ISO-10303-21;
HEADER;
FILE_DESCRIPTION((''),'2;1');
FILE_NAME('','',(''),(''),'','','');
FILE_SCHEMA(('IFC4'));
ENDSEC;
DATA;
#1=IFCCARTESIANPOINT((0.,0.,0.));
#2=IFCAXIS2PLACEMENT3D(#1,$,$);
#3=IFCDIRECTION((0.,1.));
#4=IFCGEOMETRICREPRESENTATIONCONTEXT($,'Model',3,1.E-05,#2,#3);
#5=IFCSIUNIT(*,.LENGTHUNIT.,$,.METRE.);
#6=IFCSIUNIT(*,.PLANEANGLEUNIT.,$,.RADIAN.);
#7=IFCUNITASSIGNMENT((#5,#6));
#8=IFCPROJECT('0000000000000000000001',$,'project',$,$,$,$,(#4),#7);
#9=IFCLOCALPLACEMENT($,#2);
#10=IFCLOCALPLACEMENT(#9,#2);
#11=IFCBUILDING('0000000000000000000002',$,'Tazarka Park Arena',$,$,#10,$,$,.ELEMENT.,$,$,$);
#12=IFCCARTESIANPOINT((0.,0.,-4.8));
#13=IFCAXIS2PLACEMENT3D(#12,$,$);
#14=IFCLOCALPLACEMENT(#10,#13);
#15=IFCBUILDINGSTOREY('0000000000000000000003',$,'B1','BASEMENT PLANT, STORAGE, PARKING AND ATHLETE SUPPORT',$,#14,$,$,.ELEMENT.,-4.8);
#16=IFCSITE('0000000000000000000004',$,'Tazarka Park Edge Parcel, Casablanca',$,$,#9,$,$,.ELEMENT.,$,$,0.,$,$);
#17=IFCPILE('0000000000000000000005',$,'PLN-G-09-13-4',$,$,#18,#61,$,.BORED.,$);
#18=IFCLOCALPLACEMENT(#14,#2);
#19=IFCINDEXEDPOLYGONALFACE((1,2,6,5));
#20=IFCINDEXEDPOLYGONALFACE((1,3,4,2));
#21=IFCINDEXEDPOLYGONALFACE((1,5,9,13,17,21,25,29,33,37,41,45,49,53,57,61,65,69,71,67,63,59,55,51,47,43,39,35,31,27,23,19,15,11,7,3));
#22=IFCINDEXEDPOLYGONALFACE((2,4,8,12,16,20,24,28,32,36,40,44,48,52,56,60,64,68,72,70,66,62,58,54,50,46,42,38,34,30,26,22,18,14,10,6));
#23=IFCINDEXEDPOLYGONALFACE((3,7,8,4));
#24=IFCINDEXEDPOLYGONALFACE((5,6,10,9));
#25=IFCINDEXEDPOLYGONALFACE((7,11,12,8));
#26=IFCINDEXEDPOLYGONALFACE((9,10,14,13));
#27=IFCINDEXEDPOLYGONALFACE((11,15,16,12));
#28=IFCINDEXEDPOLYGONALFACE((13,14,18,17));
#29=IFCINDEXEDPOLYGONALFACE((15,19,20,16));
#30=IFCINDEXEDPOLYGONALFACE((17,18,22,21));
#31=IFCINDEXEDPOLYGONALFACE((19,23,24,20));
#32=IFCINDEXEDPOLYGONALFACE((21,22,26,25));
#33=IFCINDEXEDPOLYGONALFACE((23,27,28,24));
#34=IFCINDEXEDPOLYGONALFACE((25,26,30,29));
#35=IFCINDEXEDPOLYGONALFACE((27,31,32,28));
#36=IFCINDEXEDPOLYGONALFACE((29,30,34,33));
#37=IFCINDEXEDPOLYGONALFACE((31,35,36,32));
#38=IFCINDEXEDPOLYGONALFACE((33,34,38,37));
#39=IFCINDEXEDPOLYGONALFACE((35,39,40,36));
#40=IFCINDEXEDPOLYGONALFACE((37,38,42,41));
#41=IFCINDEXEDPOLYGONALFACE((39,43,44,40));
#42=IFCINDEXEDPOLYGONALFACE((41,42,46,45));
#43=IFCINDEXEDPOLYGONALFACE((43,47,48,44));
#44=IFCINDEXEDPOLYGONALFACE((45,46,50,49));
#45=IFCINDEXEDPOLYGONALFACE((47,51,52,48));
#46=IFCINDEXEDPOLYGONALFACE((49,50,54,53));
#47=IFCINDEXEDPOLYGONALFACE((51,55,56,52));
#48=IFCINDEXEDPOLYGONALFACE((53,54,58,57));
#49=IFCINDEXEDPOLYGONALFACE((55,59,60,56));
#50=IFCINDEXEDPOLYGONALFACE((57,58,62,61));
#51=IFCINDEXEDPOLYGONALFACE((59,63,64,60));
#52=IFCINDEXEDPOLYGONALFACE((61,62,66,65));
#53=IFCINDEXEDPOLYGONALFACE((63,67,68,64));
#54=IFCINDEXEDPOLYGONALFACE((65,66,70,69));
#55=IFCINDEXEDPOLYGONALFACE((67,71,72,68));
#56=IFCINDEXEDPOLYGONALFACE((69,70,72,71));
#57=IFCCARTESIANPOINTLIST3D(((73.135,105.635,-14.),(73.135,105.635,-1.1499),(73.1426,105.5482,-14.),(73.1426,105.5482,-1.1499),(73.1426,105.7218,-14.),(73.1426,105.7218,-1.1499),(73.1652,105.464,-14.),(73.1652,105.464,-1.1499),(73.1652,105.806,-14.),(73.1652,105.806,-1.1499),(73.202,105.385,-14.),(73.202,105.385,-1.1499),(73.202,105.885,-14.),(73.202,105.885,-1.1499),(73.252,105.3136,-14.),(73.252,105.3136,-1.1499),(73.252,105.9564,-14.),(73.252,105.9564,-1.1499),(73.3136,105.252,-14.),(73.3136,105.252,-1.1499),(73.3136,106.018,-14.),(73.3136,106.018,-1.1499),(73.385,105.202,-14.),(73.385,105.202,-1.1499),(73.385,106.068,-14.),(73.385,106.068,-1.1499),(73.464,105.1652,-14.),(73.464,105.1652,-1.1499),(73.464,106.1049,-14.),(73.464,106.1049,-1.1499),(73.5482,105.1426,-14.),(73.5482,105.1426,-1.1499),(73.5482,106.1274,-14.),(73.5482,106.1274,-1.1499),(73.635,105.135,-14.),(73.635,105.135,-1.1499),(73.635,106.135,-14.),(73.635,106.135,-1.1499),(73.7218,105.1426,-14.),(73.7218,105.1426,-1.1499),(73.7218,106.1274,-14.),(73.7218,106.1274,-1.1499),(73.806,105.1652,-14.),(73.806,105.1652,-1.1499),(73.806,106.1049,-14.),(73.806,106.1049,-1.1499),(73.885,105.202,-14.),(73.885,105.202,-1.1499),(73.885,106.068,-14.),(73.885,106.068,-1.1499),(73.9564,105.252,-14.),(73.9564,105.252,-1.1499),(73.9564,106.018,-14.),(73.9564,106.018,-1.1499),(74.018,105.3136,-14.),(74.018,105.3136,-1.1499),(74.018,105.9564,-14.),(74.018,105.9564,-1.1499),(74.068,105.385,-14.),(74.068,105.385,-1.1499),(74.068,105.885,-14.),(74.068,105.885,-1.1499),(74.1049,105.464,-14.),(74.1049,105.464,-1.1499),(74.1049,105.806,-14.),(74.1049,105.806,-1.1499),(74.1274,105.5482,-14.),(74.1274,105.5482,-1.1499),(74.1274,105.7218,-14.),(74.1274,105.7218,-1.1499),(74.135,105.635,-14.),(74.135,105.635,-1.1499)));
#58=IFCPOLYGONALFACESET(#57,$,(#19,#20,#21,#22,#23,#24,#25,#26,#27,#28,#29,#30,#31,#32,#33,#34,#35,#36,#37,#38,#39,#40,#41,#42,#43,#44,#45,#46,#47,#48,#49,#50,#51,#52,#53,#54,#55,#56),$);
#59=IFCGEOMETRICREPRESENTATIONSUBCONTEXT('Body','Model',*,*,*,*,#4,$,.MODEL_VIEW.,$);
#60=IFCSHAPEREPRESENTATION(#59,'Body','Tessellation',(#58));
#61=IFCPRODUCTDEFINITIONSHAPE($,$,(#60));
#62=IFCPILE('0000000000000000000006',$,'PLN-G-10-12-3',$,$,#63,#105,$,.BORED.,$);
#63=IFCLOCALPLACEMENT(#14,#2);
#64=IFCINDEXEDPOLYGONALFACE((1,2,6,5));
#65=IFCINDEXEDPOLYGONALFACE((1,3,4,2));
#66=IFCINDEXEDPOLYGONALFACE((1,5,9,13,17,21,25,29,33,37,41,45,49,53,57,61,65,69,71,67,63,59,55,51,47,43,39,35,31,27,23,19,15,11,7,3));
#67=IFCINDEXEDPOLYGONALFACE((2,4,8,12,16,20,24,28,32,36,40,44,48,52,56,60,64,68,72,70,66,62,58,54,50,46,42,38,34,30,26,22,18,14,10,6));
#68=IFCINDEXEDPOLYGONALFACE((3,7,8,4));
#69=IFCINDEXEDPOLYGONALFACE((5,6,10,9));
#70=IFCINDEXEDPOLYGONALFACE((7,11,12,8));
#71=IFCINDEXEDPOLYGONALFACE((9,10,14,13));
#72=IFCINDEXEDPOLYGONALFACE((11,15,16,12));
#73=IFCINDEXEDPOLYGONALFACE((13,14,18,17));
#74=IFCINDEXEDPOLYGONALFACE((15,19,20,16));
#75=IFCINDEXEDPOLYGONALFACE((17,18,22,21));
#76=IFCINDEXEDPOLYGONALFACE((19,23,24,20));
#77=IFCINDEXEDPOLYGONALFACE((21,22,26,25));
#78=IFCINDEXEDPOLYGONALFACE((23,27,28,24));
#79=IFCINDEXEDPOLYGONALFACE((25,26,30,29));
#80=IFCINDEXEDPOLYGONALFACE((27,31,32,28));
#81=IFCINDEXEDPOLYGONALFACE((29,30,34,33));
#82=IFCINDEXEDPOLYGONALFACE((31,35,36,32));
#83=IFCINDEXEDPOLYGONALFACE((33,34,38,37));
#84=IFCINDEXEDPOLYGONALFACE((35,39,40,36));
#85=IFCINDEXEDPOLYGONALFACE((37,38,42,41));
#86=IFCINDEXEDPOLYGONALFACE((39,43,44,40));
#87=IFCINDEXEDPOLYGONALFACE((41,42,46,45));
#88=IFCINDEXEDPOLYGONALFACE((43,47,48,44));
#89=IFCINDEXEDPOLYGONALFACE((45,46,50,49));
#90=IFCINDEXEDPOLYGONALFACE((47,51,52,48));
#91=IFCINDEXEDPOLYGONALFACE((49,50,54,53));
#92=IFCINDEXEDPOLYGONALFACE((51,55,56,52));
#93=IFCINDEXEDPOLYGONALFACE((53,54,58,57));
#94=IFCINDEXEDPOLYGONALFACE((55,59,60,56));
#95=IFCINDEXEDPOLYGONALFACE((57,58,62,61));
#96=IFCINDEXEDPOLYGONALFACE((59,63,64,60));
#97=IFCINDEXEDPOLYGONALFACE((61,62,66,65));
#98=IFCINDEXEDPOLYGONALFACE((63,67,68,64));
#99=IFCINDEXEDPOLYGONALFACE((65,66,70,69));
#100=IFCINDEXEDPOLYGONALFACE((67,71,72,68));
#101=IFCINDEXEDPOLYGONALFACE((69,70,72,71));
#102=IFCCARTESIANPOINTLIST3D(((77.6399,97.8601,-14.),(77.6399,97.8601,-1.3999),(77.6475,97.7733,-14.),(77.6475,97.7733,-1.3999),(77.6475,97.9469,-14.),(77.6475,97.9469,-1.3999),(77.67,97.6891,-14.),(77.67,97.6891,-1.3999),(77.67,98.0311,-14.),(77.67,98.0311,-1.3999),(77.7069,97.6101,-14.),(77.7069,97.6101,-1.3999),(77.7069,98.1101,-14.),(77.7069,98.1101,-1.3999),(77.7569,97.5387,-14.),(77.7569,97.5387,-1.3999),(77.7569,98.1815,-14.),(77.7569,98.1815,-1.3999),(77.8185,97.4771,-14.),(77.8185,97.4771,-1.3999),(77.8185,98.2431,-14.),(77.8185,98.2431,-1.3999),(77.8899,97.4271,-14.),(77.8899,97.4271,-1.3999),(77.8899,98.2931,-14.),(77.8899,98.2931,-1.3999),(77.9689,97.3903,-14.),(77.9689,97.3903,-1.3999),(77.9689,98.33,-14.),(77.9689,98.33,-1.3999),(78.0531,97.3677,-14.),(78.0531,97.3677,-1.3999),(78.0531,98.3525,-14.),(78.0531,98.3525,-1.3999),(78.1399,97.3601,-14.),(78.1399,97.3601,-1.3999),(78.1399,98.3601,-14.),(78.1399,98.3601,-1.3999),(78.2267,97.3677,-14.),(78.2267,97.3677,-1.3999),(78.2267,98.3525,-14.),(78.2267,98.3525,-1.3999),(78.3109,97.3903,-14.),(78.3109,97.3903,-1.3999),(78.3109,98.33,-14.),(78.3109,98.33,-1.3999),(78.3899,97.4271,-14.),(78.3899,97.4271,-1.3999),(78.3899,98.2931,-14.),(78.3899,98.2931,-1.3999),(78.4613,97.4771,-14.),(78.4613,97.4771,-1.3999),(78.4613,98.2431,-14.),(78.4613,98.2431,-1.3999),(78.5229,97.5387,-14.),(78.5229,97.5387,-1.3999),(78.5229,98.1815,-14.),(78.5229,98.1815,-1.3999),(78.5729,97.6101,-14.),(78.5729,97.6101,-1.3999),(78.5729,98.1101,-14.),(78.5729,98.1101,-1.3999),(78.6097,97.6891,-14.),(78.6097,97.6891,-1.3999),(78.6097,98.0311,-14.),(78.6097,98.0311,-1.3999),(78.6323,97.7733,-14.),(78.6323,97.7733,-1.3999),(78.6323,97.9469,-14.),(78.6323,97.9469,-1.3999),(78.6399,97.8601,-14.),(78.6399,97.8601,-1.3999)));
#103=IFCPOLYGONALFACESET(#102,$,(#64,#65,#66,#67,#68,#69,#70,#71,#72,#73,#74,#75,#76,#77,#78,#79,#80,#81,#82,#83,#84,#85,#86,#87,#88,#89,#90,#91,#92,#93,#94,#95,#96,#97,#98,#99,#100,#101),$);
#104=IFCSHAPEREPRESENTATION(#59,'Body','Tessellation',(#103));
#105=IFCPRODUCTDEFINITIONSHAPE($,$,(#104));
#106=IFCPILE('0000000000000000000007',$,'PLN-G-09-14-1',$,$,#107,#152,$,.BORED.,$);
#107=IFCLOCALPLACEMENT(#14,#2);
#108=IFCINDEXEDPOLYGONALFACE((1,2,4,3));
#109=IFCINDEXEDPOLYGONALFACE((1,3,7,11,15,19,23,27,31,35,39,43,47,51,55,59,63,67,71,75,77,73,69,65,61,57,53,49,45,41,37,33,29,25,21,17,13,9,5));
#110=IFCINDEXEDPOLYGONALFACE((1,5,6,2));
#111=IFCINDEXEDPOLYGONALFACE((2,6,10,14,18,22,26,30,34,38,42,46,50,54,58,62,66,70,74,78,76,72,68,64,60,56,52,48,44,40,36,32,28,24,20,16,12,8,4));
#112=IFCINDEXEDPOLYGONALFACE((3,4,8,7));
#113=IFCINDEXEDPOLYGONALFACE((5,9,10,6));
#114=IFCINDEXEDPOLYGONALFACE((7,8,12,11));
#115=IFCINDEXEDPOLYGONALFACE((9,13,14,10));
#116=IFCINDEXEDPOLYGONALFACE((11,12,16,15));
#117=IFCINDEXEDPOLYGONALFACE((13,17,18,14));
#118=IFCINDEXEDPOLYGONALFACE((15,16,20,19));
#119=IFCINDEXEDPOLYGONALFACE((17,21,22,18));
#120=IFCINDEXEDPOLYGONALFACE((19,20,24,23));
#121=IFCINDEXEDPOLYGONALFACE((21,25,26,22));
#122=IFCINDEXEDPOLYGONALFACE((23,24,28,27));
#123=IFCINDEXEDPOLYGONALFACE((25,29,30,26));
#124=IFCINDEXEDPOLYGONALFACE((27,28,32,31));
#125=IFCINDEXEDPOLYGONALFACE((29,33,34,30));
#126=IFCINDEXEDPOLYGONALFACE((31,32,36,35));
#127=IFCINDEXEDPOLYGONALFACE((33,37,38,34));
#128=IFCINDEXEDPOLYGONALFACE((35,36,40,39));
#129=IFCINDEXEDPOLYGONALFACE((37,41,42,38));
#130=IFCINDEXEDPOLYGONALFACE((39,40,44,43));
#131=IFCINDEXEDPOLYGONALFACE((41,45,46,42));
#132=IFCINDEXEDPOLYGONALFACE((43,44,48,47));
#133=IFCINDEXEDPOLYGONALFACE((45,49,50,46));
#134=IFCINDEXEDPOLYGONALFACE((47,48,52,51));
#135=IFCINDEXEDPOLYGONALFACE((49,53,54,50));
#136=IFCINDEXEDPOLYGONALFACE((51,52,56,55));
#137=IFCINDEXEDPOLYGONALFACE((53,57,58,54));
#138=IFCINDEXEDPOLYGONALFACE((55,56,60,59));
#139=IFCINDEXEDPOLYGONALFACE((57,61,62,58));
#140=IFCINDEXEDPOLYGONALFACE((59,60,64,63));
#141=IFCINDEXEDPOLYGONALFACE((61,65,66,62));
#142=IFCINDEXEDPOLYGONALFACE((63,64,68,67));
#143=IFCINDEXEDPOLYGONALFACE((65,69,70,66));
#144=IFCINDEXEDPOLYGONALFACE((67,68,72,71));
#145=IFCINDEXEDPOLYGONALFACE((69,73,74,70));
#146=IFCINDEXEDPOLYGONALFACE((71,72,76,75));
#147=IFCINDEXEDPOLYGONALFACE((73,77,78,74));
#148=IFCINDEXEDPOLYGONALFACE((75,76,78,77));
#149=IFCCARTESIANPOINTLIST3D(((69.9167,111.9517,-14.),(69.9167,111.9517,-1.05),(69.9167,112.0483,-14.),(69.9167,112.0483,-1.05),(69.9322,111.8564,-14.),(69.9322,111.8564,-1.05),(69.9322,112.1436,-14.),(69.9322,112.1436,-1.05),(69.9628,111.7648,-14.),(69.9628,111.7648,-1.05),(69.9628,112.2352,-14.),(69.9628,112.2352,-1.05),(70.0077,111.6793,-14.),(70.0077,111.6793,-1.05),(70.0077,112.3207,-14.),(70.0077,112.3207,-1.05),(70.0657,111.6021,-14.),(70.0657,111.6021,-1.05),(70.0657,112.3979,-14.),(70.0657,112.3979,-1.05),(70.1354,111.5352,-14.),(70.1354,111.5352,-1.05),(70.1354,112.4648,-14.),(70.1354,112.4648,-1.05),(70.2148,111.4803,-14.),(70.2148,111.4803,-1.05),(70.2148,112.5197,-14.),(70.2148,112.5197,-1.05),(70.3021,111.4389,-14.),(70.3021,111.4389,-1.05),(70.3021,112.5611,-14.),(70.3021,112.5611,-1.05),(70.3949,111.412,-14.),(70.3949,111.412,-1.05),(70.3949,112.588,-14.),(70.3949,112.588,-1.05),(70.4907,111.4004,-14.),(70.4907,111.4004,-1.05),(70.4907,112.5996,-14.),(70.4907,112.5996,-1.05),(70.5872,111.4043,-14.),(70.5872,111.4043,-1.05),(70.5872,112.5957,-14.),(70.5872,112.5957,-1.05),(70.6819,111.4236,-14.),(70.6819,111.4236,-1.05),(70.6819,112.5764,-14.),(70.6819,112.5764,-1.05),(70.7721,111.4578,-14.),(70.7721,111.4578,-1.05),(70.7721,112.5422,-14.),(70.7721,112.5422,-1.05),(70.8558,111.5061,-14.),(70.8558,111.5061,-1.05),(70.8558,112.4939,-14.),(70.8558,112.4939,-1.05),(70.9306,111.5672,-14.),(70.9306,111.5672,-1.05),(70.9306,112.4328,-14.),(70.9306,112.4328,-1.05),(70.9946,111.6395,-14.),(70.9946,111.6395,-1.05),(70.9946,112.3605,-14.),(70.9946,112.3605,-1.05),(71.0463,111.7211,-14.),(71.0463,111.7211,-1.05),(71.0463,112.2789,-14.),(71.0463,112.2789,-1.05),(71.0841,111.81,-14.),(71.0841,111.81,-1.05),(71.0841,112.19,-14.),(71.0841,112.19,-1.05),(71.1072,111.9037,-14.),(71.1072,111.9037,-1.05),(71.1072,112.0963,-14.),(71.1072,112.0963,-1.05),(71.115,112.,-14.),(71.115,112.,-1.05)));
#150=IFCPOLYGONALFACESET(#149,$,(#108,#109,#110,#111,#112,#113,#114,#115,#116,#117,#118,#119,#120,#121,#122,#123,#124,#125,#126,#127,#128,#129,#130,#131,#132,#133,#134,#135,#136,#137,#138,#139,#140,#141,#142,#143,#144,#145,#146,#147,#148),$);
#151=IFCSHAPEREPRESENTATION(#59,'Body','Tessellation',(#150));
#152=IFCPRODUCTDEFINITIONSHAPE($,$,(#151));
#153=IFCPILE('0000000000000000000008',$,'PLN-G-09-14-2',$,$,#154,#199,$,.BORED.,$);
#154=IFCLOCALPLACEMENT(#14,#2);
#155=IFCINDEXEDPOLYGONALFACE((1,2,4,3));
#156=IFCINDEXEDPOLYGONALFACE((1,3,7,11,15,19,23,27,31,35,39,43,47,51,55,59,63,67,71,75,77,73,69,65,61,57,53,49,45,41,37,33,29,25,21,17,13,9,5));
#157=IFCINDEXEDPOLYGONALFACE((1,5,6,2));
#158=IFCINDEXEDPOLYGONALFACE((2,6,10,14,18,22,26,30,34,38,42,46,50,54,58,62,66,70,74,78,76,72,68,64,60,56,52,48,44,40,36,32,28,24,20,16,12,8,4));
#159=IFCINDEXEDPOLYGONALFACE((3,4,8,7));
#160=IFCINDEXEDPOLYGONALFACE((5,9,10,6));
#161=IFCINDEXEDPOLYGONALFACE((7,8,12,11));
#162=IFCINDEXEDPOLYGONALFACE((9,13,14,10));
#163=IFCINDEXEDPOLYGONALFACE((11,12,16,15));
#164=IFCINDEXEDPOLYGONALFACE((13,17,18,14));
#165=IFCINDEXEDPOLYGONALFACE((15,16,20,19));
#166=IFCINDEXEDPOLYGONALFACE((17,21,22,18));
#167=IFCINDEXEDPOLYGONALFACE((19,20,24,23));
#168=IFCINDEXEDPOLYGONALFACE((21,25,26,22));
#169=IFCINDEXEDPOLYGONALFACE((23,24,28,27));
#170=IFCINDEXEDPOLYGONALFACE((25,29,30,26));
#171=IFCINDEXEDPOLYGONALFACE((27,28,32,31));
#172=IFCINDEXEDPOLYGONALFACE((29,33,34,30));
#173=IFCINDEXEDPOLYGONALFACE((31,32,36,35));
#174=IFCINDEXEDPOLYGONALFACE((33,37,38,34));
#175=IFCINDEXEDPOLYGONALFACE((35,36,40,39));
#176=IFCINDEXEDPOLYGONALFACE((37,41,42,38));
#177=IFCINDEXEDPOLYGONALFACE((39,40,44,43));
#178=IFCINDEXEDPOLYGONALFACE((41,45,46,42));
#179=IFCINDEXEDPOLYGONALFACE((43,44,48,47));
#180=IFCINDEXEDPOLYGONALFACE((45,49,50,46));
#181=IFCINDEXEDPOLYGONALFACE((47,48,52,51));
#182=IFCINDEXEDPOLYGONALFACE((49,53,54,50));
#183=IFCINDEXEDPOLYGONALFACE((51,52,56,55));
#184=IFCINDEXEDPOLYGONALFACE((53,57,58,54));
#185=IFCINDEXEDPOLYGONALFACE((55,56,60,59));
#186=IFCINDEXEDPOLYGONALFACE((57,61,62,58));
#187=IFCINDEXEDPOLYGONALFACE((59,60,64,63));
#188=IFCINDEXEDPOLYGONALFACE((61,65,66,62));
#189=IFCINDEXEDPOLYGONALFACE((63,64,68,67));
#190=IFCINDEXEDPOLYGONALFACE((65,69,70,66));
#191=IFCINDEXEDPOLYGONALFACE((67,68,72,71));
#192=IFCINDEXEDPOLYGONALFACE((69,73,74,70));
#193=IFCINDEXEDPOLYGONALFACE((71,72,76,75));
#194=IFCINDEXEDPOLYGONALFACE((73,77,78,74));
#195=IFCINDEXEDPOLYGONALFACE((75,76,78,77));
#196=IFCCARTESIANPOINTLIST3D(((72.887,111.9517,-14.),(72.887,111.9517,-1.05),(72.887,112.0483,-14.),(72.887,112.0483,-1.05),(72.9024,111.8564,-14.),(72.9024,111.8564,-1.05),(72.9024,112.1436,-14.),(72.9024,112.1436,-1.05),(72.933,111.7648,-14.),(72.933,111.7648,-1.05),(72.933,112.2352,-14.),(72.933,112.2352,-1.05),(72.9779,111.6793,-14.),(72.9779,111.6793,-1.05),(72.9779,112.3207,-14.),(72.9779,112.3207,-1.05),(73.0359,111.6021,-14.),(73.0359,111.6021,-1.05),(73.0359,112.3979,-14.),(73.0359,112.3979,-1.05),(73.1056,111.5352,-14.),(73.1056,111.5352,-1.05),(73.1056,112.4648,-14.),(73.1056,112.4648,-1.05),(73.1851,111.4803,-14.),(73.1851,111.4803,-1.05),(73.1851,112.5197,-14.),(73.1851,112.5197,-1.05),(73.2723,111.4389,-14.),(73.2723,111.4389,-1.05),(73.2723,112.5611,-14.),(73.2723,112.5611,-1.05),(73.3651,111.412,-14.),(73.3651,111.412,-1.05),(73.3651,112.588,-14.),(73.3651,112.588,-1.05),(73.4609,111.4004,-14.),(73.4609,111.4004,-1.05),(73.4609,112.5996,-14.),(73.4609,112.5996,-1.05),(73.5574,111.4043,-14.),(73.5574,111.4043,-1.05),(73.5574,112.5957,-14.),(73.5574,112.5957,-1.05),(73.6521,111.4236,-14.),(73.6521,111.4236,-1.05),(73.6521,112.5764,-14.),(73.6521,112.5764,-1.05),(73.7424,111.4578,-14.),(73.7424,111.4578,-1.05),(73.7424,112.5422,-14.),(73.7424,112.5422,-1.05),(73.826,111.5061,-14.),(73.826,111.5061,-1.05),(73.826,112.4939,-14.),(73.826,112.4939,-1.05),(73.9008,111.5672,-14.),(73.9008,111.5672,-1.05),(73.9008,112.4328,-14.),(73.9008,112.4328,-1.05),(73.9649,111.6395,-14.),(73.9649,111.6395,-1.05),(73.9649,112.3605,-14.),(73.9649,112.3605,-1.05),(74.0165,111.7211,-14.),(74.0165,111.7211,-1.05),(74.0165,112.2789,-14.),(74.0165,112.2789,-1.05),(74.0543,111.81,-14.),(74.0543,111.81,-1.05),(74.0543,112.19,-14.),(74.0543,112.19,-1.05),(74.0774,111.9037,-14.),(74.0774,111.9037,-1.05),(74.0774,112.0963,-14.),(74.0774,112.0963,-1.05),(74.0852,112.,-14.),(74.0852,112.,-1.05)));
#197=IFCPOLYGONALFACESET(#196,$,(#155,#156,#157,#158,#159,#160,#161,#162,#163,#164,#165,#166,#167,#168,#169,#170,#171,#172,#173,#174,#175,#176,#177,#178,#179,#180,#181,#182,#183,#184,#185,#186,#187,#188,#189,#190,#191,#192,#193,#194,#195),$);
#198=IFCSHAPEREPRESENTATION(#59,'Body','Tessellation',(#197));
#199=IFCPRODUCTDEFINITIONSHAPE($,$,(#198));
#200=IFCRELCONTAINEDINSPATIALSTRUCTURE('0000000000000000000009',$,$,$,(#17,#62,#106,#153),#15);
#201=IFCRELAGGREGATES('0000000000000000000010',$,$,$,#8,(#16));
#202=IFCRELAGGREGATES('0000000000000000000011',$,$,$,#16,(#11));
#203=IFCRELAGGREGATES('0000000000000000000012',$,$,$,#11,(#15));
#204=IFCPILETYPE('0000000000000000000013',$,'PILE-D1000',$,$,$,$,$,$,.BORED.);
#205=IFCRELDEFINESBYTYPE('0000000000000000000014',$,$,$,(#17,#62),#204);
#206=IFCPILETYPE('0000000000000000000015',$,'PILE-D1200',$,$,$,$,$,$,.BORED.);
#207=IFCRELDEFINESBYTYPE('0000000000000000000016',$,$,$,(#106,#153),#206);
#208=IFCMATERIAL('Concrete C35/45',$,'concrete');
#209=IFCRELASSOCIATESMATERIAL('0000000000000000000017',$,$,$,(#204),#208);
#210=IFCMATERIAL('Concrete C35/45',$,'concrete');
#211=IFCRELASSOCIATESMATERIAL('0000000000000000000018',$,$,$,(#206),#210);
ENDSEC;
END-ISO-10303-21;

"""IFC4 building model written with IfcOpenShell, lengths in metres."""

from ifc_helpers import new_model, si_unit, direction, frame, origin, origin_2d, place, context, subcontext, project, spatial, circle, extrude, material, material_profile, profile_set, type_object, element, save


model = new_model("IFC4")

# Units and contexts
model_context = context("Model", 3, precision=1e-05, world=origin(), true_north=direction((0.0, 1.0)))
body_context = subcontext(model_context, "Body", "Model", "MODEL_VIEW")
ifc_project = project(units=[si_unit("LENGTHUNIT", "METRE"), si_unit("PLANEANGLEUNIT", "RADIAN")], contexts=[model_context])

# Site, building, storey
site_placement = place(None, origin())
site = spatial("IfcSite", under=ifc_project, at=site_placement, Name="Tazarka Park Edge Parcel, Casablanca", CompositionType="ELEMENT", RefElevation=0.0)
building_placement = place(site_placement, origin())
building = spatial("IfcBuilding", under=site, at=building_placement, Name="Tazarka Park Arena", CompositionType="ELEMENT")
storey_placement = place(building_placement, frame((0.0, 0.0, -4.8)))
storey = spatial("IfcBuildingStorey", under=building, at=storey_placement, Name="B1", Description="BASEMENT PLANT, STORAGE, PARKING AND ATHLETE SUPPORT", CompositionType="ELEMENT", Elevation=-4.8)

# Piles
ifc_material_1 = material(Name="Concrete C35/45", Category="concrete")
ifc_material_profile_1 = material_profile(ifc_material_1, circle(Radius=0.5, at=origin_2d()), Name="Concrete C35/45")
ifc_profile_set_1 = profile_set([ifc_material_profile_1], Name="Concrete C35/45")
pile_type_1 = type_object("IfcPileType", Name="PILE-D1000", PredefinedType="BORED", material=ifc_profile_set_1)
for number, where, z_axis, x_axis, name in (
    (1, (73.635, 105.635, -1.1499), (0.0, 0.0, -1.0), (1.0, 0.0, 0.0), "PLN-G-09-13-4"),
):
    element("IfcPile", number, at=place(storey_placement, frame(where, z_axis=z_axis, x_axis=x_axis)), inside=storey, type_object=pile_type_1, Name=name, PredefinedType="BORED", context=body_context, shape_type="SweptSolid", body=[
        extrude(circle(Radius=0.5, at=origin_2d()), origin(), (0.0, 0.0, 1.0), 12.8501),
    ])
pile_1_placement = place(storey_placement, frame((78.1399, 97.8601, -1.3999), z_axis=(0.0, 0.0, -1.0), x_axis=(1.0, 0.0, 0.0)))
element("IfcPile", 2, at=pile_1_placement, inside=storey, type_object=pile_type_1, Name="PLN-G-10-12-3", PredefinedType="BORED", context=body_context, shape_type="SweptSolid", body=[
    extrude(circle(Radius=0.5, at=origin_2d()), origin(), (0.0, 0.0, 1.0), 12.6001),
])
ifc_material_2 = material(Name="Concrete C35/45", Category="concrete")
ifc_material_profile_2 = material_profile(ifc_material_2, circle(Radius=0.6001, at=origin_2d()), Name="Concrete C35/45")
ifc_profile_set_2 = profile_set([ifc_material_profile_2], Name="Concrete C35/45")
pile_type_2 = type_object("IfcPileType", Name="PILE-D1200", PredefinedType="BORED", material=ifc_profile_set_2)
for number, where, z_axis, x_axis, name in (
    (3, (70.5149, 112.0, -1.05), (0.0, 0.0, -1.0), (1.0, 0.0, 0.0), "PLN-G-09-14-1"),
    (4, (73.4851, 112.0, -1.05), (0.0, 0.0, -1.0), (1.0, 0.0, 0.0), "PLN-G-09-14-2"),
):
    element("IfcPile", number, at=place(storey_placement, frame(where, z_axis=z_axis, x_axis=x_axis)), inside=storey, type_object=pile_type_2, Name=name, PredefinedType="BORED", context=body_context, shape_type="SweptSolid", body=[
        extrude(circle(Radius=0.6001, at=origin_2d()), origin(), (0.0, 0.0, 1.0), 12.95),
    ])

save(model, "model.ifc")
